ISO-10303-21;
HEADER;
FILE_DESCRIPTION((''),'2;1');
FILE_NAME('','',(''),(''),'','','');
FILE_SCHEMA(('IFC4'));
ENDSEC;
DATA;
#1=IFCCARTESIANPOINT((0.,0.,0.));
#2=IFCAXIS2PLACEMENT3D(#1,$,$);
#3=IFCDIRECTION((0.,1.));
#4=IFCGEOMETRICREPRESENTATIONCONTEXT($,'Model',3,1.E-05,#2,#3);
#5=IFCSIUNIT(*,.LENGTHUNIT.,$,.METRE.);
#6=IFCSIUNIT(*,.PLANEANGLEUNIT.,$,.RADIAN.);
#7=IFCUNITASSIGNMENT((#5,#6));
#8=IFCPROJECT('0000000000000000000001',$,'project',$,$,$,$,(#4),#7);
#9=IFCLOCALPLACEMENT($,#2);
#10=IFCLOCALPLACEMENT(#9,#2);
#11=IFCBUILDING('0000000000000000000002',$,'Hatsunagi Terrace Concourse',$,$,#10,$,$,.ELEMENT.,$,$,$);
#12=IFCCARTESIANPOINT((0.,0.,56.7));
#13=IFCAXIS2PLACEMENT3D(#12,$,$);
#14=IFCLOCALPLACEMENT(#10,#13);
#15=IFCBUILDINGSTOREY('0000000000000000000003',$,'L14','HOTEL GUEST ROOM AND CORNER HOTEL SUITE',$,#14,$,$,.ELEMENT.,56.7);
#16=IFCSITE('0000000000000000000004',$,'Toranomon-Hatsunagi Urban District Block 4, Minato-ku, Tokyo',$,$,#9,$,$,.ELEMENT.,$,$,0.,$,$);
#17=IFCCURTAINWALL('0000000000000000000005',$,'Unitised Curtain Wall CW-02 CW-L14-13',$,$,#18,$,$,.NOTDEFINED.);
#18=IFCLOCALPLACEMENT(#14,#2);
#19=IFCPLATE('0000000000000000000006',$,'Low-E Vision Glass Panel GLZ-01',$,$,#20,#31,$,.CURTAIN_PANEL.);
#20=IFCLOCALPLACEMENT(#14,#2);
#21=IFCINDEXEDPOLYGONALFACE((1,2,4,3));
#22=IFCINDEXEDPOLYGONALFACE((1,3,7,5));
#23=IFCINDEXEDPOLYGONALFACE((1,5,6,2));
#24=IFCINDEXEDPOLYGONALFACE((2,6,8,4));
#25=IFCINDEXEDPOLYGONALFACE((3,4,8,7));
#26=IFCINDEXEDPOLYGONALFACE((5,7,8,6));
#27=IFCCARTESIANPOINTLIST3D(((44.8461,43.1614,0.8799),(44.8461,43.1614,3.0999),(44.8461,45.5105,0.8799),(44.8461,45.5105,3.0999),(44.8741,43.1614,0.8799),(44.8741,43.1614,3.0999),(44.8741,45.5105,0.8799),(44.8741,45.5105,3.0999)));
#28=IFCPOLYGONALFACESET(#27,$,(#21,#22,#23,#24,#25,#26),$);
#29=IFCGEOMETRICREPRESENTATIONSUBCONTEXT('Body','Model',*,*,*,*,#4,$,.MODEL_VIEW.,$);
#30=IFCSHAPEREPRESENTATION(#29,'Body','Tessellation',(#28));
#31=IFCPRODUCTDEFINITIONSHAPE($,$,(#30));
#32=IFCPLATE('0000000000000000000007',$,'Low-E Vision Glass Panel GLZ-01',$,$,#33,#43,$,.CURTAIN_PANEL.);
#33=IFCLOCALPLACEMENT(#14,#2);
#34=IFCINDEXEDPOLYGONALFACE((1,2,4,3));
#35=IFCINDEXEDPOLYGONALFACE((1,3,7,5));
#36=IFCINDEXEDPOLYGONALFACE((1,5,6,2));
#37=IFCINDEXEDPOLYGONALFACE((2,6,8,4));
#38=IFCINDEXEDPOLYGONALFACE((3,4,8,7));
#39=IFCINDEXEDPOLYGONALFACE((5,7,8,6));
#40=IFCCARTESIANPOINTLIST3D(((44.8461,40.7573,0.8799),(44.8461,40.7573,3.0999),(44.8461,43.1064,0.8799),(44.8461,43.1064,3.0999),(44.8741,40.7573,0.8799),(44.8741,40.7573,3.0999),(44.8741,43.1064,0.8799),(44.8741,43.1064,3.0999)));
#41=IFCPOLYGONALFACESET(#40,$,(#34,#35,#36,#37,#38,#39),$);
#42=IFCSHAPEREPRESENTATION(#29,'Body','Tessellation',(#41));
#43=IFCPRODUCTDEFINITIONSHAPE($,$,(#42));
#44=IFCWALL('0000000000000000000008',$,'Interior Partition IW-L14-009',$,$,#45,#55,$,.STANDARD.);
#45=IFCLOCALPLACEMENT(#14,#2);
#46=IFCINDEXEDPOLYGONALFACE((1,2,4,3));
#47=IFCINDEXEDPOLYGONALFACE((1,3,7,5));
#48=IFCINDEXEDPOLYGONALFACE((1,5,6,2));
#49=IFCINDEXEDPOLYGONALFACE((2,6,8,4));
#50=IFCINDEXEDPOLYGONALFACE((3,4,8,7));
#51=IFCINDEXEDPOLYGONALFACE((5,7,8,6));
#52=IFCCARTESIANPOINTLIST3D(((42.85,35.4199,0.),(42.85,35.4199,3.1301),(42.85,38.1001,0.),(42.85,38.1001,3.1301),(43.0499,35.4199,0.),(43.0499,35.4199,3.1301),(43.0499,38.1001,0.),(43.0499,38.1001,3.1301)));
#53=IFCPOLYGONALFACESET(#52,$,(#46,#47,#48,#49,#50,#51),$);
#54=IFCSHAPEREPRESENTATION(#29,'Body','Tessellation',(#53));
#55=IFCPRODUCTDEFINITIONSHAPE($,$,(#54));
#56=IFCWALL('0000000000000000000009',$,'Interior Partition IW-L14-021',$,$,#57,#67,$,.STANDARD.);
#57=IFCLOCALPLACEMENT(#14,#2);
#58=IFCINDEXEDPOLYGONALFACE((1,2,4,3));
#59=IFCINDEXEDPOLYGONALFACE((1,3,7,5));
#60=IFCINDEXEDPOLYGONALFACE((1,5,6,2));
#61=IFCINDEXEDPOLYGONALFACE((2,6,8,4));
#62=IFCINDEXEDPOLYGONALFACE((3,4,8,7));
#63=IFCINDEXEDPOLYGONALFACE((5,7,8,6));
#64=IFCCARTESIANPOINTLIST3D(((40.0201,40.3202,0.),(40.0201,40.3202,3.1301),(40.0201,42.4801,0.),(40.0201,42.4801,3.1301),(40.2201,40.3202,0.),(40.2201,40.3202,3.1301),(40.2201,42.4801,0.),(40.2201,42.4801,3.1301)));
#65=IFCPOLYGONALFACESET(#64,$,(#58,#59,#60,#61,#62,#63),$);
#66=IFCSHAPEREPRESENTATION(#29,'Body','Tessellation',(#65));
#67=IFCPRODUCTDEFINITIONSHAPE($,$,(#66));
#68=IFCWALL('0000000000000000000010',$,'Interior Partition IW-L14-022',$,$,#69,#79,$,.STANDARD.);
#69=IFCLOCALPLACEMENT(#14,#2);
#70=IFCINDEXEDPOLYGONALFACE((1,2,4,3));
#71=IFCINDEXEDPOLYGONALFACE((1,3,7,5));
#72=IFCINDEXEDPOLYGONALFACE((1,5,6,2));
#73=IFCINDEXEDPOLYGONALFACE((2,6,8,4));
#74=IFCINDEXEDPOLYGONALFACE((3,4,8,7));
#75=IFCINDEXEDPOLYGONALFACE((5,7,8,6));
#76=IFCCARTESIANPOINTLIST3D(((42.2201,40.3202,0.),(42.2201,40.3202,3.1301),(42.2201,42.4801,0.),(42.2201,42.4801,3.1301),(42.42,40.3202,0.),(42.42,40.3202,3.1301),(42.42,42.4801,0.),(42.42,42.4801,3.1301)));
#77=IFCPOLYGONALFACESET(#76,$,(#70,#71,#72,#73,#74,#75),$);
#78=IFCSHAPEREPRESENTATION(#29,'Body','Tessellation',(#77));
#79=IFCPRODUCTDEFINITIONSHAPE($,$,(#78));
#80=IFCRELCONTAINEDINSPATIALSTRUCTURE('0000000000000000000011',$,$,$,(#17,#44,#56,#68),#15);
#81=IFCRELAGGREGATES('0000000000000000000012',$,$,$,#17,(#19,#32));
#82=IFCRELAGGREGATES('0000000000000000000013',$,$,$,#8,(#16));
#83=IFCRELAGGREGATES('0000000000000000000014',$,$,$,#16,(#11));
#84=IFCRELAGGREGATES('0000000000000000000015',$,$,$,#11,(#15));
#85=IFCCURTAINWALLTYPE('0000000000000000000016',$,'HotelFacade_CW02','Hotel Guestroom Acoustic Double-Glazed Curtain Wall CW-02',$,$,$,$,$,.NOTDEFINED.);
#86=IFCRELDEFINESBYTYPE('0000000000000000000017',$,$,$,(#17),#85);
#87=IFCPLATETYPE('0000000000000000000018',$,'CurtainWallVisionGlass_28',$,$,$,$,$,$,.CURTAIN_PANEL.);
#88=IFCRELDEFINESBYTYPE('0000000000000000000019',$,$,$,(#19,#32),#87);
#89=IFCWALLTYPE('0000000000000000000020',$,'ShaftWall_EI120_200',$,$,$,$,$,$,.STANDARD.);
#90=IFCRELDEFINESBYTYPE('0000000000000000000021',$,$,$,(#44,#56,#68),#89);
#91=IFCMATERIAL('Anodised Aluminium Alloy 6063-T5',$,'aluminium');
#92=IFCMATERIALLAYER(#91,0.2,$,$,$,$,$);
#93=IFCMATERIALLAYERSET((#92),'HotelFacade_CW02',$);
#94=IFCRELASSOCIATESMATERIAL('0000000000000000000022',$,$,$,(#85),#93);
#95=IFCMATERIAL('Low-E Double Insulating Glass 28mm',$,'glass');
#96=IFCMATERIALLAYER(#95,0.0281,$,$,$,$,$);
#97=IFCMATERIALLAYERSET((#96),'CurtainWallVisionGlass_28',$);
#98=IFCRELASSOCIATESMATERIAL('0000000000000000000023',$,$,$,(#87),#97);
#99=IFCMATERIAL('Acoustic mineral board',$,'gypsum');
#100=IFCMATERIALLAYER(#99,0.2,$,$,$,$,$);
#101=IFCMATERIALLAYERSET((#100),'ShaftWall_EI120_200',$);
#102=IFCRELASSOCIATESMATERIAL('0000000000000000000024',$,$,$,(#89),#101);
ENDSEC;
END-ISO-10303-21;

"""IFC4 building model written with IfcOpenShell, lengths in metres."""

from ifc_helpers import new_model, si_unit, direction, frame, frame_2d, origin, origin_2d, place, context, subcontext, project, spatial, rectangle, extrude, material, layer, layer_set, type_object, element, aggregate, save


model = new_model("IFC4")

# Units and contexts
model_context = context("Model", 3, precision=1e-05, world=origin(), true_north=direction((0.0, 1.0)))
body_context = subcontext(model_context, "Body", "Model", "MODEL_VIEW")
ifc_project = project(units=[si_unit("LENGTHUNIT", "METRE"), si_unit("PLANEANGLEUNIT", "RADIAN")], contexts=[model_context])

# Site, building, storey
site_placement = place(None, origin())
site = spatial("IfcSite", under=ifc_project, at=site_placement, Name="Toranomon-Hatsunagi Urban District Block 4, Minato-ku, Tokyo", CompositionType="ELEMENT", RefElevation=0.0)
building_placement = place(site_placement, origin())
building = spatial("IfcBuilding", under=site, at=building_placement, Name="Hatsunagi Terrace Concourse", CompositionType="ELEMENT")
storey_placement = place(building_placement, frame((0.0, 0.0, 56.7)))
storey = spatial("IfcBuildingStorey", under=building, at=storey_placement, Name="L14", Description="HOTEL GUEST ROOM AND CORNER HOTEL SUITE", CompositionType="ELEMENT", Elevation=56.7)

# Curtain wall
ifc_material_1 = material(Name="Anodised Aluminium Alloy 6063-T5", Category="aluminium")
ifc_layer_1 = layer(ifc_material_1, 0.2)
ifc_layer_set_1 = layer_set([ifc_layer_1], Name="HotelFacade_CW02")
curtain_wall_type = type_object("IfcCurtainWallType", Name="HotelFacade_CW02", Description="Hotel Guestroom Acoustic Double-Glazed Curtain Wall CW-02", PredefinedType="NOTDEFINED", material=ifc_layer_set_1)
curtain_wall_placement = place(storey_placement, origin())
curtain_wall = element("IfcCurtainWall", 1, at=curtain_wall_placement, inside=storey, type_object=curtain_wall_type, Name="Unitised Curtain Wall CW-02 CW-L14-13", PredefinedType="NOTDEFINED")

# Plates
ifc_material_2 = material(Name="Low-E Double Insulating Glass 28mm", Category="glass")
ifc_layer_2 = layer(ifc_material_2, 0.0281)
ifc_layer_set_2 = layer_set([ifc_layer_2], Name="CurtainWallVisionGlass_28")
plate_type_1 = type_object("IfcPlateType", Name="CurtainWallVisionGlass_28", PredefinedType="CURTAIN_PANEL", material=ifc_layer_set_2)
plate_1_placement = place(storey_placement, frame((44.8601, 44.3359, 0.8799), z_axis=(0.0, 0.0, 1.0), x_axis=(0.0, -1.0, 0.0)))
plate_1 = element("IfcPlate", 2, at=plate_1_placement, type_object=plate_type_1, Name="Low-E Vision Glass Panel GLZ-01", PredefinedType="CURTAIN_PANEL", context=body_context, shape_type="SweptSolid", body=[
    extrude(rectangle(XDim=2.3491, YDim=0.0281, at=origin_2d()), origin(), (0.0, 0.0, 1.0), 2.22),
])
plate_2_placement = place(storey_placement, frame((44.8601, 41.9319, 0.8799), z_axis=(0.0, 0.0, 1.0), x_axis=(0.0, -1.0, 0.0)))
plate_2 = element("IfcPlate", 3, at=plate_2_placement, type_object=plate_type_1, Name="Low-E Vision Glass Panel GLZ-01", PredefinedType="CURTAIN_PANEL", context=body_context, shape_type="SweptSolid", body=[
    extrude(rectangle(XDim=2.3491, YDim=0.0281, at=origin_2d()), origin(), (0.0, 0.0, 1.0), 2.22),
])
aggregate(curtain_wall, [plate_1, plate_2])

# Walls
ifc_material_3 = material(Name="Acoustic mineral board", Category="gypsum")
ifc_layer_3 = layer(ifc_material_3, 0.2)
ifc_layer_set_3 = layer_set([ifc_layer_3], Name="ShaftWall_EI120_200")
wall_type_1 = type_object("IfcWallType", Name="ShaftWall_EI120_200", PredefinedType="STANDARD", material=ifc_layer_set_3)
wall_1_placement = place(storey_placement, frame((42.95, 35.4199, 0.0), z_axis=(0.0, 0.0, 1.0), x_axis=(0.0, 1.0, 0.0)))
element("IfcWall", 4, at=wall_1_placement, inside=storey, type_object=wall_type_1, Name="Interior Partition IW-L14-009", PredefinedType="STANDARD", context=body_context, shape_type="SweptSolid", body=[
    extrude(rectangle(XDim=2.6802, YDim=0.2, at=frame_2d((1.3401, 0.0))), origin(), (0.0, 0.0, 1.0), 3.1301),
])
for number, where, z_axis, x_axis, name in (
    (5, (40.1201, 40.3201, 0.0), (0.0, 0.0, 1.0), (0.0, 1.0, 0.0), "Interior Partition IW-L14-021"),
    (6, (42.3201, 40.3201, 0.0), (0.0, 0.0, 1.0), (0.0, 1.0, 0.0), "Interior Partition IW-L14-022"),
):
    element("IfcWall", number, at=place(storey_placement, frame(where, z_axis=z_axis, x_axis=x_axis)), inside=storey, type_object=wall_type_1, Name=name, PredefinedType="STANDARD", context=body_context, shape_type="SweptSolid", body=[
        extrude(rectangle(XDim=2.1599, YDim=0.2, at=frame_2d((1.0801, 0.0))), origin(), (0.0, 0.0, 1.0), 3.1301),
    ])

save(model, "model.ifc")
